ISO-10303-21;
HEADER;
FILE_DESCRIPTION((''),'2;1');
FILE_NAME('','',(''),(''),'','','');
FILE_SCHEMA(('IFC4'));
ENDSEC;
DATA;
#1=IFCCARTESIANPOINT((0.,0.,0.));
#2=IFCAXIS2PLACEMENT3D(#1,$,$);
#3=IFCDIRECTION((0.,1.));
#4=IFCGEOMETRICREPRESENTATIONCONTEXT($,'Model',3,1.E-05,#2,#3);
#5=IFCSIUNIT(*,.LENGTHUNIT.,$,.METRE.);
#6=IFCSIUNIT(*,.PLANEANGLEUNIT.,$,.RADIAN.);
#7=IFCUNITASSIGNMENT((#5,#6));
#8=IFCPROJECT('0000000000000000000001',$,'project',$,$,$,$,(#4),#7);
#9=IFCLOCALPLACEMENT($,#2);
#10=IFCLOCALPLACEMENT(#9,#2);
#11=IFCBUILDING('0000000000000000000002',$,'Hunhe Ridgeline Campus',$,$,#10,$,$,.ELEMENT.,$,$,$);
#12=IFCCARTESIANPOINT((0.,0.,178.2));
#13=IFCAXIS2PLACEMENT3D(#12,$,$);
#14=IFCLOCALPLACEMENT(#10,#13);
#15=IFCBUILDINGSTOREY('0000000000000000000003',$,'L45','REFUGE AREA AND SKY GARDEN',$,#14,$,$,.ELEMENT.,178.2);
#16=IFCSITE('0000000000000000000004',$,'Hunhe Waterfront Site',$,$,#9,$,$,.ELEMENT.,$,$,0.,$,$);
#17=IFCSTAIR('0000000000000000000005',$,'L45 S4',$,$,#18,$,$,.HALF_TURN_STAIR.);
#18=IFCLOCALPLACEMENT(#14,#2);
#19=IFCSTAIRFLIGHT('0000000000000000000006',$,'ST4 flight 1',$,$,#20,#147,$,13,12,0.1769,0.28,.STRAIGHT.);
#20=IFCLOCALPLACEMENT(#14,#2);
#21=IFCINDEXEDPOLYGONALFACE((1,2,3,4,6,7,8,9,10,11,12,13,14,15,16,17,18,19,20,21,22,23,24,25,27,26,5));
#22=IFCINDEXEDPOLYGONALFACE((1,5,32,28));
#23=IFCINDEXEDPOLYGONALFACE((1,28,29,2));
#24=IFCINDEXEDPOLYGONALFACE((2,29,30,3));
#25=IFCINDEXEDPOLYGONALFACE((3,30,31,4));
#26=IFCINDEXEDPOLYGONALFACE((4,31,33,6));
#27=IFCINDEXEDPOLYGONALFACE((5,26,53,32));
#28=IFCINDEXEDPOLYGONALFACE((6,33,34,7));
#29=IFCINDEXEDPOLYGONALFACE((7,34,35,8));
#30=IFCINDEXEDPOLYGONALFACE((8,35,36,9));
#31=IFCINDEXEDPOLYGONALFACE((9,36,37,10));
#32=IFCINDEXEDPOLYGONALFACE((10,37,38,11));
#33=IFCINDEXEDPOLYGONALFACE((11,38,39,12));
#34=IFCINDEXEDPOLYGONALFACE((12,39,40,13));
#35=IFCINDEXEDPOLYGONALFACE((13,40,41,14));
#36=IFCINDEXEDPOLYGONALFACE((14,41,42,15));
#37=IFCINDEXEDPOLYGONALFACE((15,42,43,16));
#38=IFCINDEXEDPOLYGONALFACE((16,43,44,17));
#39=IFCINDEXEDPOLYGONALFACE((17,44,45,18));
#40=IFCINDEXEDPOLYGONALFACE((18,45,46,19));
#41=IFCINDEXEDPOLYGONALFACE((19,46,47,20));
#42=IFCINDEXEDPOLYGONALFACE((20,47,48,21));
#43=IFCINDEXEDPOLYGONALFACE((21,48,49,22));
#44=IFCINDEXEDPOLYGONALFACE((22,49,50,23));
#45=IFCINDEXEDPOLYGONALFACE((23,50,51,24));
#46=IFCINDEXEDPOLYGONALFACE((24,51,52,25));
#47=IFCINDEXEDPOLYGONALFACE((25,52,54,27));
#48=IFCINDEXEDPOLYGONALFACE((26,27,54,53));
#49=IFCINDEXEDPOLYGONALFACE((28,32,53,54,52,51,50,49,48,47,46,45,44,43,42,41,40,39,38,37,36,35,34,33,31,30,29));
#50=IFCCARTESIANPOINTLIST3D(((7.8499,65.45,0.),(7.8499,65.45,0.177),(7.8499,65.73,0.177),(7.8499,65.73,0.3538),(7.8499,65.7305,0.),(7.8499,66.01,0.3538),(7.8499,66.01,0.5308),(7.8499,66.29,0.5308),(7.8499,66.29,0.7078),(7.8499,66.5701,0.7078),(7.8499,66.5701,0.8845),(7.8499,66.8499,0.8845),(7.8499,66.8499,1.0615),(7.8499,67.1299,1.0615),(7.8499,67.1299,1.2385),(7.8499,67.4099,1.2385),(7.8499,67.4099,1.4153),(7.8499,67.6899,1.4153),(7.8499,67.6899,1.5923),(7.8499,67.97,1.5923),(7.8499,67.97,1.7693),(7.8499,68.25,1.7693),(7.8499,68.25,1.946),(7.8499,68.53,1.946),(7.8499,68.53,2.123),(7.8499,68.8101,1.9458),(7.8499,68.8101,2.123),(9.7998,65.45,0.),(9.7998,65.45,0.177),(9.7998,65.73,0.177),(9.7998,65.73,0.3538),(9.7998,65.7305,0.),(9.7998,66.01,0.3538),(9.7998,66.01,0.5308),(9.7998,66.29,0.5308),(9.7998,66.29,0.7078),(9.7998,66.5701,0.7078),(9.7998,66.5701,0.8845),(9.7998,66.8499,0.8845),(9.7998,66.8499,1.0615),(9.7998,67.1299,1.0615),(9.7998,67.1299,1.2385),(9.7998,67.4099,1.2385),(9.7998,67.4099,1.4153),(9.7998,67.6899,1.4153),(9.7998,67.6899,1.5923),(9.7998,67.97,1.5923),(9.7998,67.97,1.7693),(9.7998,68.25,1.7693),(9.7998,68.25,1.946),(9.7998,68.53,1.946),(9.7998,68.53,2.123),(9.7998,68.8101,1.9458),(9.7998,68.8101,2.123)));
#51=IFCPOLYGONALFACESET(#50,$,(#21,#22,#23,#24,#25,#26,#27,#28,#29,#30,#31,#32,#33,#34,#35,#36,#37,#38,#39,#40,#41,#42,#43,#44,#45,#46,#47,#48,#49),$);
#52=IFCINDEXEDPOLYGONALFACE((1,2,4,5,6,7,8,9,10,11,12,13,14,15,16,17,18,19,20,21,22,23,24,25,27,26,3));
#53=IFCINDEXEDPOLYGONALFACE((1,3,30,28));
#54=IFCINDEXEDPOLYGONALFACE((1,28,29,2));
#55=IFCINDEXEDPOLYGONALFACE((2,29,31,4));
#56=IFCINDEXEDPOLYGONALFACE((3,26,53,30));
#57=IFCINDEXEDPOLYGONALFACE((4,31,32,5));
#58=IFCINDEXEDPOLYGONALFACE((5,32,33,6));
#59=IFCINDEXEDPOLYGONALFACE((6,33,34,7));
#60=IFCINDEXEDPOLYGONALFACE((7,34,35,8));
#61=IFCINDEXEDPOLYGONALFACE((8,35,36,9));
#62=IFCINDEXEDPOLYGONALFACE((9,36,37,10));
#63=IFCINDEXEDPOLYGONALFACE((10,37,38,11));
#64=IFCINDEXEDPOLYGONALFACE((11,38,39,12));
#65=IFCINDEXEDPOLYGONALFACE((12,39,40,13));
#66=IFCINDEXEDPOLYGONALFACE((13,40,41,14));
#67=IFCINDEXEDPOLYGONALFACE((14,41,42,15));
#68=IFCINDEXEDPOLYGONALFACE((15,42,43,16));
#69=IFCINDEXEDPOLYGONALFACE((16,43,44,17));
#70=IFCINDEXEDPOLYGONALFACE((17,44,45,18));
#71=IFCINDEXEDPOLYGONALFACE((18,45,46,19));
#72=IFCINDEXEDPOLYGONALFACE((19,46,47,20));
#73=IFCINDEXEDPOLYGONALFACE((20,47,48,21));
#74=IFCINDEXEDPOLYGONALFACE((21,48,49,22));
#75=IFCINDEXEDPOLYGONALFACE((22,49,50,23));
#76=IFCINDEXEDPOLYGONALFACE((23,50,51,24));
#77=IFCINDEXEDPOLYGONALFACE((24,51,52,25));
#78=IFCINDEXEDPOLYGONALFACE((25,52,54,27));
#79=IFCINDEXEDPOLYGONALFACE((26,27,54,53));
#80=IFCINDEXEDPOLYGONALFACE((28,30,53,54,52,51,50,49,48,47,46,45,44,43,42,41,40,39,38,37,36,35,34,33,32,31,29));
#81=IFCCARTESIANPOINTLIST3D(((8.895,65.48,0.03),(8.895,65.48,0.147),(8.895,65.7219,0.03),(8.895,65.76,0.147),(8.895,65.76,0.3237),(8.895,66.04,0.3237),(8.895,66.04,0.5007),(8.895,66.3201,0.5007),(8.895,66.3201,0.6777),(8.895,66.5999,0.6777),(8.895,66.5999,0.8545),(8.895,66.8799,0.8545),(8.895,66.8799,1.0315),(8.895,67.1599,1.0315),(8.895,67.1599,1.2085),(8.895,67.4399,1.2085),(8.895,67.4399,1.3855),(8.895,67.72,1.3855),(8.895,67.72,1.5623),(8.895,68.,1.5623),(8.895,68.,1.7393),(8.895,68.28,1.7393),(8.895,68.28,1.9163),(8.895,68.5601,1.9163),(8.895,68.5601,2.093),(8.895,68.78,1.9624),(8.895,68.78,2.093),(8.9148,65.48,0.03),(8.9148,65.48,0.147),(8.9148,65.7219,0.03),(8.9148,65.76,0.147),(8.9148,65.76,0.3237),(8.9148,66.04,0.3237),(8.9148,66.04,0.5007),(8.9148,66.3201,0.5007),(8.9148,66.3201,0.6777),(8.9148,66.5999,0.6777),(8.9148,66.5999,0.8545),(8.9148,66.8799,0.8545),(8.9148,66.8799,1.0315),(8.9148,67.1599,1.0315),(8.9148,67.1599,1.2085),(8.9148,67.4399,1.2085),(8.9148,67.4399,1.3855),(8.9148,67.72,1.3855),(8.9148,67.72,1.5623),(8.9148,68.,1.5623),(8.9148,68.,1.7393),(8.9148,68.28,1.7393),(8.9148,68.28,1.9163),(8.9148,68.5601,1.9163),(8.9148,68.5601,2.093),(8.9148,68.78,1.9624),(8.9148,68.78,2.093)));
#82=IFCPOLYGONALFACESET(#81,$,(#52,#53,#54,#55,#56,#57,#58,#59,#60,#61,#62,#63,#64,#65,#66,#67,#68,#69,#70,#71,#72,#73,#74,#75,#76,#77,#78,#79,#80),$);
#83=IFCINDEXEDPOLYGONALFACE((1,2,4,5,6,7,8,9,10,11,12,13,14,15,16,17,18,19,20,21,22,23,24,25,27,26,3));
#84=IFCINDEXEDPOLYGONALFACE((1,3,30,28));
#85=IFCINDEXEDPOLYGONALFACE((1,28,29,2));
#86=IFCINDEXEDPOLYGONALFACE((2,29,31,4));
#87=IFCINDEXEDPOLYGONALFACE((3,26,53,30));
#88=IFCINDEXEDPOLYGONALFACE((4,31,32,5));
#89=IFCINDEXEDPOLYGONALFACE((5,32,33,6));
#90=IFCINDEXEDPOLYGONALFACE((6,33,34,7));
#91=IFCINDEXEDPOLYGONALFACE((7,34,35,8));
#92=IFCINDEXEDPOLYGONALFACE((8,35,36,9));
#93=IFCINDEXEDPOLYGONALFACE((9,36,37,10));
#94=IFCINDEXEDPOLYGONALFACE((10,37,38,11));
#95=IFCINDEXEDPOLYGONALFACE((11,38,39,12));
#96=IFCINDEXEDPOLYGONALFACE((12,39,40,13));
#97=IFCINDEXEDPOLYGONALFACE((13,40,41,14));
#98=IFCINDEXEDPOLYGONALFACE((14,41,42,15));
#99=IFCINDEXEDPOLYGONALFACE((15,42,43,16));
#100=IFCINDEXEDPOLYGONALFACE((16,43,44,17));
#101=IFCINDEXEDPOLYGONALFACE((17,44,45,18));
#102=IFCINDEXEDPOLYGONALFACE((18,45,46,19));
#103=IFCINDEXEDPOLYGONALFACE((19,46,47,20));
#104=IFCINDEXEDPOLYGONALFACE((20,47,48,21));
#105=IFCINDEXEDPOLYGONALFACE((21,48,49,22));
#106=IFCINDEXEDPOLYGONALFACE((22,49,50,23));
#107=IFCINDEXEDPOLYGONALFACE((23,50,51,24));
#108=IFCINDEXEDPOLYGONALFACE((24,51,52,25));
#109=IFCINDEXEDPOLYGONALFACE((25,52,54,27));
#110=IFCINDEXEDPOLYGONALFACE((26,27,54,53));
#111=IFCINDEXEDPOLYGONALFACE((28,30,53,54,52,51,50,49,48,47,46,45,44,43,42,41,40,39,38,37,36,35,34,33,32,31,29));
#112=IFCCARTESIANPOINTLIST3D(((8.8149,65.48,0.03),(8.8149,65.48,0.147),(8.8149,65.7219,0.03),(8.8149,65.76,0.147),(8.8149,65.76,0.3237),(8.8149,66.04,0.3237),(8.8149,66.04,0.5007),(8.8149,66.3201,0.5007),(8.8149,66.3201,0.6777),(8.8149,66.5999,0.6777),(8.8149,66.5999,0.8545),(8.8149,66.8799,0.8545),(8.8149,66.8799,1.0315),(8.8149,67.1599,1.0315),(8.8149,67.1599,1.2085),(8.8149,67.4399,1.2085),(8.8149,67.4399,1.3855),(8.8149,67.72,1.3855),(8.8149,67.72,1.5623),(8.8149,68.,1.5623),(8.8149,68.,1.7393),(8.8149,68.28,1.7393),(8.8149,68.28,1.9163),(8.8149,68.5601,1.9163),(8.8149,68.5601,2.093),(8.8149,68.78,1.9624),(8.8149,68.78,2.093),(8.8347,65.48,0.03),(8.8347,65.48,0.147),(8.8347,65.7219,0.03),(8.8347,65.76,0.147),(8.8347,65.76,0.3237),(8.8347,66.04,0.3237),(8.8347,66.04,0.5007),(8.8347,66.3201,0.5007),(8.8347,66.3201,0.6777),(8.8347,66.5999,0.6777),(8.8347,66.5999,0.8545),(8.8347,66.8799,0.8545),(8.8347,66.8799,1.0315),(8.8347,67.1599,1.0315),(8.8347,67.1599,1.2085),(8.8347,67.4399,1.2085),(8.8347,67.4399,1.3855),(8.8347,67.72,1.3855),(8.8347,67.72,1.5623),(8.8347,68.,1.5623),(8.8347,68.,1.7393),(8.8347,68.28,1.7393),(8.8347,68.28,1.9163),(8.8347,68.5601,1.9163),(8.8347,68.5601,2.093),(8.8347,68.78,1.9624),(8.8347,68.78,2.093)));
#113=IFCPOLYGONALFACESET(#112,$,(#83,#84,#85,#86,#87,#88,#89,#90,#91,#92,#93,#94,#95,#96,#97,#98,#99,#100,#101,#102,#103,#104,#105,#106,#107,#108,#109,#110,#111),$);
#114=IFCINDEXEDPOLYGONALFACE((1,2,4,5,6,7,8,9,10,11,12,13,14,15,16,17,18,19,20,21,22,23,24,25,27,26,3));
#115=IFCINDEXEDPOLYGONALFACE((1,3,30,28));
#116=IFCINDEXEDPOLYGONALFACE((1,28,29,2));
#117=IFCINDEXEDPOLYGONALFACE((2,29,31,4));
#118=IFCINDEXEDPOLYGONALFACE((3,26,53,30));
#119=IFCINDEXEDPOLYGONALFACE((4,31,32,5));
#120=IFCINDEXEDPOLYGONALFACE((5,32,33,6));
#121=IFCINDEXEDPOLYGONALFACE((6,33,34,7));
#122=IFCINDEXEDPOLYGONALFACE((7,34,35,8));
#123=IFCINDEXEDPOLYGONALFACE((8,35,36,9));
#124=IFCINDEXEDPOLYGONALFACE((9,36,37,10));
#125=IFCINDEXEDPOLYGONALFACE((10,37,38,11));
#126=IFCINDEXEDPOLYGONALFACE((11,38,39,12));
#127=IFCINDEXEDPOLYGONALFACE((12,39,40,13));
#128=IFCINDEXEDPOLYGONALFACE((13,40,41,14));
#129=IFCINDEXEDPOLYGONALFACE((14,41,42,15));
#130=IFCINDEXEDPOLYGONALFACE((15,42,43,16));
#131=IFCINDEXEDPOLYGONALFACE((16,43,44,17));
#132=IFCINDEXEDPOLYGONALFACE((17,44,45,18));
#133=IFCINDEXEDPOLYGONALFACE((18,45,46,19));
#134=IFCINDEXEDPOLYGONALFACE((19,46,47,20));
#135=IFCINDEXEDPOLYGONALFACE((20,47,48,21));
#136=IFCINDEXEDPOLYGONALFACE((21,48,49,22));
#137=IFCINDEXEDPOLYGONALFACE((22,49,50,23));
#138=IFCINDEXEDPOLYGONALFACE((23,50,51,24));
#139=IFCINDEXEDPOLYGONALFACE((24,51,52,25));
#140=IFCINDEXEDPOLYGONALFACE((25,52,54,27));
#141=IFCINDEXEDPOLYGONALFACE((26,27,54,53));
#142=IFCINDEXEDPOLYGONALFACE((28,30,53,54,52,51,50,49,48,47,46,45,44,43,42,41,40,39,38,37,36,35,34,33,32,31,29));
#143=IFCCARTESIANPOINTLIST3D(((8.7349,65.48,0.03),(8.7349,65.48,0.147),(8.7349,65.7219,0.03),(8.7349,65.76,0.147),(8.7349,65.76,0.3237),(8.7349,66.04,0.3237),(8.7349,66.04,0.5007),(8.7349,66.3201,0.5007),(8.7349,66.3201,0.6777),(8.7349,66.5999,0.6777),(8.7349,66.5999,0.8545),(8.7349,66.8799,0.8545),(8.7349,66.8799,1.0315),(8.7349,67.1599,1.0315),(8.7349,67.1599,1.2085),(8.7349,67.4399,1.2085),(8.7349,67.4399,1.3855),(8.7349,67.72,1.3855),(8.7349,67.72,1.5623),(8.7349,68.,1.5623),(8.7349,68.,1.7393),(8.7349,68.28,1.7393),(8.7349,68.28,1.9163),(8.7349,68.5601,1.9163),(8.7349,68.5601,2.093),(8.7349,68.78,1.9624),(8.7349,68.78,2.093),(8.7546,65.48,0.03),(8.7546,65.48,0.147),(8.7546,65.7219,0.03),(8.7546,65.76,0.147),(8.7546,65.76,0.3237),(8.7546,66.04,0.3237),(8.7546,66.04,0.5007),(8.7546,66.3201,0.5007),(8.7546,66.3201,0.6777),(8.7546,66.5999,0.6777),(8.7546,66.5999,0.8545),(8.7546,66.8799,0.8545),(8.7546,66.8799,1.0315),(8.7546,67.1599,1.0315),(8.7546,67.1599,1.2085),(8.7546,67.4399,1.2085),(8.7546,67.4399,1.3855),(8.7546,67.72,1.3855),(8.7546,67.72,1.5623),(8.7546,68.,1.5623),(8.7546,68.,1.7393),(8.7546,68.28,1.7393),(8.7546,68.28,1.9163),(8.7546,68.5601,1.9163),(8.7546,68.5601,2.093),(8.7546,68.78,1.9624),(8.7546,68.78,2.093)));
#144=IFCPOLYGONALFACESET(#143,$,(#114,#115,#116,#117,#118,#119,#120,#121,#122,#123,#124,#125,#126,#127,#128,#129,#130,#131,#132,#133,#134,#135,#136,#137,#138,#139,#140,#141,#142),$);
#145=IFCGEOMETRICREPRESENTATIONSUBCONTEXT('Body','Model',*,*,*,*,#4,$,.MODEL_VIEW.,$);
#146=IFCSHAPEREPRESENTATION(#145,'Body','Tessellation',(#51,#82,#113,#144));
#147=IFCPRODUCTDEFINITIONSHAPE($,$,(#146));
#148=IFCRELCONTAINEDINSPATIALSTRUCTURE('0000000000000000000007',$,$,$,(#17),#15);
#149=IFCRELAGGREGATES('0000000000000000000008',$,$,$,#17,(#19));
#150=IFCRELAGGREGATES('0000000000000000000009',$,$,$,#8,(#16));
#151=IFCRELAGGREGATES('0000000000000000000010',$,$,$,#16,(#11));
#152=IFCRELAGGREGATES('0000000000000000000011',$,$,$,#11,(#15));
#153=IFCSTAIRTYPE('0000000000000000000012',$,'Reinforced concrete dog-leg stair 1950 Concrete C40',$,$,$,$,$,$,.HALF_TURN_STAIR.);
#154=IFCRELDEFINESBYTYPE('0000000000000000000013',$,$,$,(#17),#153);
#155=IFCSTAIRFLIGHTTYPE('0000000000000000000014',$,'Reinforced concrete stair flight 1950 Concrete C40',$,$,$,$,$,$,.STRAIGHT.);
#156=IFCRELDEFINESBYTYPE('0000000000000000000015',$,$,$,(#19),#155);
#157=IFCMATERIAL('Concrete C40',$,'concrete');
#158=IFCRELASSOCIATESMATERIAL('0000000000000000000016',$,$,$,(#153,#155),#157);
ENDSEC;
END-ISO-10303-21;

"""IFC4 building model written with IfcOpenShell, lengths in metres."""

from ifc_helpers import new_model, si_unit, direction, frame, origin, place, context, subcontext, project, spatial, polyline, outline, extrude, material, type_object, element, aggregate, save


model = new_model("IFC4")

# Units and contexts
model_context = context("Model", 3, precision=1e-05, world=origin(), true_north=direction((0.0, 1.0)))
body_context = subcontext(model_context, "Body", "Model", "MODEL_VIEW")
ifc_project = project(units=[si_unit("LENGTHUNIT", "METRE"), si_unit("PLANEANGLEUNIT", "RADIAN")], contexts=[model_context])

# Site, building, storey
site_placement = place(None, origin())
site = spatial("IfcSite", under=ifc_project, at=site_placement, Name="Hunhe Waterfront Site", CompositionType="ELEMENT", RefElevation=0.0)
building_placement = place(site_placement, origin())
building = spatial("IfcBuilding", under=site, at=building_placement, Name="Hunhe Ridgeline Campus", CompositionType="ELEMENT")
storey_placement = place(building_placement, frame((0.0, 0.0, 178.2)))
storey = spatial("IfcBuildingStorey", under=building, at=storey_placement, Name="L45", Description="REFUGE AREA AND SKY GARDEN", CompositionType="ELEMENT", Elevation=178.2)

# Stair, stair flight
ifc_material_1 = material(Name="Concrete C40", Category="concrete")
stair_type = type_object("IfcStairType", Name="Reinforced concrete dog-leg stair 1950 Concrete C40", PredefinedType="HALF_TURN_STAIR", material=ifc_material_1)
stair_placement = place(storey_placement, origin())
stair = element("IfcStair", 1, at=stair_placement, inside=storey, type_object=stair_type, Name="L45 S4", PredefinedType="HALF_TURN_STAIR")
stair_flight_type = type_object("IfcStairFlightType", Name="Reinforced concrete stair flight 1950 Concrete C40", PredefinedType="STRAIGHT", material=ifc_material_1)
stair_flight_placement = place(storey_placement, frame((8.825, 65.45, 0.0), z_axis=(0.0, 0.0, 1.0), x_axis=(0.0, 1.0, 0.0)))
stair_flight = element("IfcStairFlight", 2, at=stair_flight_placement, type_object=stair_flight_type, Name="ST4 flight 1", NumberOfRisers=13, NumberOfTreads=12, PredefinedType="STRAIGHT", RiserHeight=0.1769, TreadLength=0.28, context=body_context, shape_type="SweptSolid", body=[
    extrude(outline(polyline([(0.0, 0.0), (0.0, 0.177), (0.28, 0.177), (0.28, 0.3538), (0.5601, 0.3538), (0.5601, 0.5308), (0.8401, 0.5308), (0.8401, 0.7078), (1.1201, 0.7078), (1.1201, 0.8845), (1.3999, 0.8845), (1.3999, 1.0615), (1.6799, 1.0615), (1.6799, 1.2385), (1.96, 1.2385), (1.96, 1.4153), (2.24, 1.4153), (2.24, 1.5923), (2.52, 1.5923), (2.52, 1.7693), (2.8, 1.7693), (2.8, 1.946), (3.0801, 1.946), (3.0801, 2.123), (3.3601, 2.123), (3.3601, 2.3), (3.3601, 1.9458), (0.2805, 0.0), (0.0, 0.0)])), frame((0.0, 0.9751, 0.0), z_axis=(0.0, -1.0, 0.0), x_axis=(1.0, 0.0, 0.0)), (0.0, 0.0, 1.0), 1.95),
    extrude(outline(polyline([(0.03, 0.03), (0.03, 0.147), (0.3101, 0.147), (0.3101, 0.3237), (0.5901, 0.3237), (0.5901, 0.5007), (0.8701, 0.5007), (0.8701, 0.6777), (1.1499, 0.6777), (1.1499, 0.8545), (1.4299, 0.8545), (1.4299, 1.0315), (1.71, 1.0315), (1.71, 1.2085), (1.99, 1.2085), (1.99, 1.3855), (2.27, 1.3855), (2.27, 1.5623), (2.55, 1.5623), (2.55, 1.7393), (2.8301, 1.7393), (2.8301, 1.9163), (3.1101, 1.9163), (3.1101, 2.093), (3.3301, 2.093), (3.3301, 1.9624), (0.272, 0.03), (0.03, 0.03)])), frame((0.0, -0.0701, 0.0), z_axis=(0.0, -1.0, 0.0), x_axis=(1.0, 0.0, 0.0)), (0.0, 0.0, 1.0), 0.0198),
    extrude(outline(polyline([(0.03, 0.03), (0.03, 0.147), (0.3101, 0.147), (0.3101, 0.3237), (0.5901, 0.3237), (0.5901, 0.5007), (0.8701, 0.5007), (0.8701, 0.6777), (1.1499, 0.6777), (1.1499, 0.8545), (1.4299, 0.8545), (1.4299, 1.0315), (1.71, 1.0315), (1.71, 1.2085), (1.99, 1.2085), (1.99, 1.3855), (2.27, 1.3855), (2.27, 1.5623), (2.55, 1.5623), (2.55, 1.7393), (2.8301, 1.7393), (2.8301, 1.9163), (3.1101, 1.9163), (3.1101, 2.093), (3.3301, 2.093), (3.3301, 1.9624), (0.272, 0.03), (0.03, 0.03)])), frame((0.0, 0.01, 0.0), z_axis=(0.0, -1.0, 0.0), x_axis=(1.0, 0.0, 0.0)), (0.0, 0.0, 1.0), 0.0198),
    extrude(outline(polyline([(0.03, 0.03), (0.03, 0.147), (0.3101, 0.147), (0.3101, 0.3237), (0.5901, 0.3237), (0.5901, 0.5007), (0.8701, 0.5007), (0.8701, 0.6777), (1.1499, 0.6777), (1.1499, 0.8545), (1.4299, 0.8545), (1.4299, 1.0315), (1.71, 1.0315), (1.71, 1.2085), (1.99, 1.2085), (1.99, 1.3855), (2.27, 1.3855), (2.27, 1.5623), (2.55, 1.5623), (2.55, 1.7393), (2.8301, 1.7393), (2.8301, 1.9163), (3.1101, 1.9163), (3.1101, 2.093), (3.3301, 2.093), (3.3301, 1.9624), (0.272, 0.03), (0.03, 0.03)])), frame((0.0, 0.0901, 0.0), z_axis=(0.0, -1.0, 0.0), x_axis=(1.0, 0.0, 0.0)), (0.0, 0.0, 1.0), 0.0198),
])
aggregate(stair, [stair_flight])

save(model, "model.ifc")
